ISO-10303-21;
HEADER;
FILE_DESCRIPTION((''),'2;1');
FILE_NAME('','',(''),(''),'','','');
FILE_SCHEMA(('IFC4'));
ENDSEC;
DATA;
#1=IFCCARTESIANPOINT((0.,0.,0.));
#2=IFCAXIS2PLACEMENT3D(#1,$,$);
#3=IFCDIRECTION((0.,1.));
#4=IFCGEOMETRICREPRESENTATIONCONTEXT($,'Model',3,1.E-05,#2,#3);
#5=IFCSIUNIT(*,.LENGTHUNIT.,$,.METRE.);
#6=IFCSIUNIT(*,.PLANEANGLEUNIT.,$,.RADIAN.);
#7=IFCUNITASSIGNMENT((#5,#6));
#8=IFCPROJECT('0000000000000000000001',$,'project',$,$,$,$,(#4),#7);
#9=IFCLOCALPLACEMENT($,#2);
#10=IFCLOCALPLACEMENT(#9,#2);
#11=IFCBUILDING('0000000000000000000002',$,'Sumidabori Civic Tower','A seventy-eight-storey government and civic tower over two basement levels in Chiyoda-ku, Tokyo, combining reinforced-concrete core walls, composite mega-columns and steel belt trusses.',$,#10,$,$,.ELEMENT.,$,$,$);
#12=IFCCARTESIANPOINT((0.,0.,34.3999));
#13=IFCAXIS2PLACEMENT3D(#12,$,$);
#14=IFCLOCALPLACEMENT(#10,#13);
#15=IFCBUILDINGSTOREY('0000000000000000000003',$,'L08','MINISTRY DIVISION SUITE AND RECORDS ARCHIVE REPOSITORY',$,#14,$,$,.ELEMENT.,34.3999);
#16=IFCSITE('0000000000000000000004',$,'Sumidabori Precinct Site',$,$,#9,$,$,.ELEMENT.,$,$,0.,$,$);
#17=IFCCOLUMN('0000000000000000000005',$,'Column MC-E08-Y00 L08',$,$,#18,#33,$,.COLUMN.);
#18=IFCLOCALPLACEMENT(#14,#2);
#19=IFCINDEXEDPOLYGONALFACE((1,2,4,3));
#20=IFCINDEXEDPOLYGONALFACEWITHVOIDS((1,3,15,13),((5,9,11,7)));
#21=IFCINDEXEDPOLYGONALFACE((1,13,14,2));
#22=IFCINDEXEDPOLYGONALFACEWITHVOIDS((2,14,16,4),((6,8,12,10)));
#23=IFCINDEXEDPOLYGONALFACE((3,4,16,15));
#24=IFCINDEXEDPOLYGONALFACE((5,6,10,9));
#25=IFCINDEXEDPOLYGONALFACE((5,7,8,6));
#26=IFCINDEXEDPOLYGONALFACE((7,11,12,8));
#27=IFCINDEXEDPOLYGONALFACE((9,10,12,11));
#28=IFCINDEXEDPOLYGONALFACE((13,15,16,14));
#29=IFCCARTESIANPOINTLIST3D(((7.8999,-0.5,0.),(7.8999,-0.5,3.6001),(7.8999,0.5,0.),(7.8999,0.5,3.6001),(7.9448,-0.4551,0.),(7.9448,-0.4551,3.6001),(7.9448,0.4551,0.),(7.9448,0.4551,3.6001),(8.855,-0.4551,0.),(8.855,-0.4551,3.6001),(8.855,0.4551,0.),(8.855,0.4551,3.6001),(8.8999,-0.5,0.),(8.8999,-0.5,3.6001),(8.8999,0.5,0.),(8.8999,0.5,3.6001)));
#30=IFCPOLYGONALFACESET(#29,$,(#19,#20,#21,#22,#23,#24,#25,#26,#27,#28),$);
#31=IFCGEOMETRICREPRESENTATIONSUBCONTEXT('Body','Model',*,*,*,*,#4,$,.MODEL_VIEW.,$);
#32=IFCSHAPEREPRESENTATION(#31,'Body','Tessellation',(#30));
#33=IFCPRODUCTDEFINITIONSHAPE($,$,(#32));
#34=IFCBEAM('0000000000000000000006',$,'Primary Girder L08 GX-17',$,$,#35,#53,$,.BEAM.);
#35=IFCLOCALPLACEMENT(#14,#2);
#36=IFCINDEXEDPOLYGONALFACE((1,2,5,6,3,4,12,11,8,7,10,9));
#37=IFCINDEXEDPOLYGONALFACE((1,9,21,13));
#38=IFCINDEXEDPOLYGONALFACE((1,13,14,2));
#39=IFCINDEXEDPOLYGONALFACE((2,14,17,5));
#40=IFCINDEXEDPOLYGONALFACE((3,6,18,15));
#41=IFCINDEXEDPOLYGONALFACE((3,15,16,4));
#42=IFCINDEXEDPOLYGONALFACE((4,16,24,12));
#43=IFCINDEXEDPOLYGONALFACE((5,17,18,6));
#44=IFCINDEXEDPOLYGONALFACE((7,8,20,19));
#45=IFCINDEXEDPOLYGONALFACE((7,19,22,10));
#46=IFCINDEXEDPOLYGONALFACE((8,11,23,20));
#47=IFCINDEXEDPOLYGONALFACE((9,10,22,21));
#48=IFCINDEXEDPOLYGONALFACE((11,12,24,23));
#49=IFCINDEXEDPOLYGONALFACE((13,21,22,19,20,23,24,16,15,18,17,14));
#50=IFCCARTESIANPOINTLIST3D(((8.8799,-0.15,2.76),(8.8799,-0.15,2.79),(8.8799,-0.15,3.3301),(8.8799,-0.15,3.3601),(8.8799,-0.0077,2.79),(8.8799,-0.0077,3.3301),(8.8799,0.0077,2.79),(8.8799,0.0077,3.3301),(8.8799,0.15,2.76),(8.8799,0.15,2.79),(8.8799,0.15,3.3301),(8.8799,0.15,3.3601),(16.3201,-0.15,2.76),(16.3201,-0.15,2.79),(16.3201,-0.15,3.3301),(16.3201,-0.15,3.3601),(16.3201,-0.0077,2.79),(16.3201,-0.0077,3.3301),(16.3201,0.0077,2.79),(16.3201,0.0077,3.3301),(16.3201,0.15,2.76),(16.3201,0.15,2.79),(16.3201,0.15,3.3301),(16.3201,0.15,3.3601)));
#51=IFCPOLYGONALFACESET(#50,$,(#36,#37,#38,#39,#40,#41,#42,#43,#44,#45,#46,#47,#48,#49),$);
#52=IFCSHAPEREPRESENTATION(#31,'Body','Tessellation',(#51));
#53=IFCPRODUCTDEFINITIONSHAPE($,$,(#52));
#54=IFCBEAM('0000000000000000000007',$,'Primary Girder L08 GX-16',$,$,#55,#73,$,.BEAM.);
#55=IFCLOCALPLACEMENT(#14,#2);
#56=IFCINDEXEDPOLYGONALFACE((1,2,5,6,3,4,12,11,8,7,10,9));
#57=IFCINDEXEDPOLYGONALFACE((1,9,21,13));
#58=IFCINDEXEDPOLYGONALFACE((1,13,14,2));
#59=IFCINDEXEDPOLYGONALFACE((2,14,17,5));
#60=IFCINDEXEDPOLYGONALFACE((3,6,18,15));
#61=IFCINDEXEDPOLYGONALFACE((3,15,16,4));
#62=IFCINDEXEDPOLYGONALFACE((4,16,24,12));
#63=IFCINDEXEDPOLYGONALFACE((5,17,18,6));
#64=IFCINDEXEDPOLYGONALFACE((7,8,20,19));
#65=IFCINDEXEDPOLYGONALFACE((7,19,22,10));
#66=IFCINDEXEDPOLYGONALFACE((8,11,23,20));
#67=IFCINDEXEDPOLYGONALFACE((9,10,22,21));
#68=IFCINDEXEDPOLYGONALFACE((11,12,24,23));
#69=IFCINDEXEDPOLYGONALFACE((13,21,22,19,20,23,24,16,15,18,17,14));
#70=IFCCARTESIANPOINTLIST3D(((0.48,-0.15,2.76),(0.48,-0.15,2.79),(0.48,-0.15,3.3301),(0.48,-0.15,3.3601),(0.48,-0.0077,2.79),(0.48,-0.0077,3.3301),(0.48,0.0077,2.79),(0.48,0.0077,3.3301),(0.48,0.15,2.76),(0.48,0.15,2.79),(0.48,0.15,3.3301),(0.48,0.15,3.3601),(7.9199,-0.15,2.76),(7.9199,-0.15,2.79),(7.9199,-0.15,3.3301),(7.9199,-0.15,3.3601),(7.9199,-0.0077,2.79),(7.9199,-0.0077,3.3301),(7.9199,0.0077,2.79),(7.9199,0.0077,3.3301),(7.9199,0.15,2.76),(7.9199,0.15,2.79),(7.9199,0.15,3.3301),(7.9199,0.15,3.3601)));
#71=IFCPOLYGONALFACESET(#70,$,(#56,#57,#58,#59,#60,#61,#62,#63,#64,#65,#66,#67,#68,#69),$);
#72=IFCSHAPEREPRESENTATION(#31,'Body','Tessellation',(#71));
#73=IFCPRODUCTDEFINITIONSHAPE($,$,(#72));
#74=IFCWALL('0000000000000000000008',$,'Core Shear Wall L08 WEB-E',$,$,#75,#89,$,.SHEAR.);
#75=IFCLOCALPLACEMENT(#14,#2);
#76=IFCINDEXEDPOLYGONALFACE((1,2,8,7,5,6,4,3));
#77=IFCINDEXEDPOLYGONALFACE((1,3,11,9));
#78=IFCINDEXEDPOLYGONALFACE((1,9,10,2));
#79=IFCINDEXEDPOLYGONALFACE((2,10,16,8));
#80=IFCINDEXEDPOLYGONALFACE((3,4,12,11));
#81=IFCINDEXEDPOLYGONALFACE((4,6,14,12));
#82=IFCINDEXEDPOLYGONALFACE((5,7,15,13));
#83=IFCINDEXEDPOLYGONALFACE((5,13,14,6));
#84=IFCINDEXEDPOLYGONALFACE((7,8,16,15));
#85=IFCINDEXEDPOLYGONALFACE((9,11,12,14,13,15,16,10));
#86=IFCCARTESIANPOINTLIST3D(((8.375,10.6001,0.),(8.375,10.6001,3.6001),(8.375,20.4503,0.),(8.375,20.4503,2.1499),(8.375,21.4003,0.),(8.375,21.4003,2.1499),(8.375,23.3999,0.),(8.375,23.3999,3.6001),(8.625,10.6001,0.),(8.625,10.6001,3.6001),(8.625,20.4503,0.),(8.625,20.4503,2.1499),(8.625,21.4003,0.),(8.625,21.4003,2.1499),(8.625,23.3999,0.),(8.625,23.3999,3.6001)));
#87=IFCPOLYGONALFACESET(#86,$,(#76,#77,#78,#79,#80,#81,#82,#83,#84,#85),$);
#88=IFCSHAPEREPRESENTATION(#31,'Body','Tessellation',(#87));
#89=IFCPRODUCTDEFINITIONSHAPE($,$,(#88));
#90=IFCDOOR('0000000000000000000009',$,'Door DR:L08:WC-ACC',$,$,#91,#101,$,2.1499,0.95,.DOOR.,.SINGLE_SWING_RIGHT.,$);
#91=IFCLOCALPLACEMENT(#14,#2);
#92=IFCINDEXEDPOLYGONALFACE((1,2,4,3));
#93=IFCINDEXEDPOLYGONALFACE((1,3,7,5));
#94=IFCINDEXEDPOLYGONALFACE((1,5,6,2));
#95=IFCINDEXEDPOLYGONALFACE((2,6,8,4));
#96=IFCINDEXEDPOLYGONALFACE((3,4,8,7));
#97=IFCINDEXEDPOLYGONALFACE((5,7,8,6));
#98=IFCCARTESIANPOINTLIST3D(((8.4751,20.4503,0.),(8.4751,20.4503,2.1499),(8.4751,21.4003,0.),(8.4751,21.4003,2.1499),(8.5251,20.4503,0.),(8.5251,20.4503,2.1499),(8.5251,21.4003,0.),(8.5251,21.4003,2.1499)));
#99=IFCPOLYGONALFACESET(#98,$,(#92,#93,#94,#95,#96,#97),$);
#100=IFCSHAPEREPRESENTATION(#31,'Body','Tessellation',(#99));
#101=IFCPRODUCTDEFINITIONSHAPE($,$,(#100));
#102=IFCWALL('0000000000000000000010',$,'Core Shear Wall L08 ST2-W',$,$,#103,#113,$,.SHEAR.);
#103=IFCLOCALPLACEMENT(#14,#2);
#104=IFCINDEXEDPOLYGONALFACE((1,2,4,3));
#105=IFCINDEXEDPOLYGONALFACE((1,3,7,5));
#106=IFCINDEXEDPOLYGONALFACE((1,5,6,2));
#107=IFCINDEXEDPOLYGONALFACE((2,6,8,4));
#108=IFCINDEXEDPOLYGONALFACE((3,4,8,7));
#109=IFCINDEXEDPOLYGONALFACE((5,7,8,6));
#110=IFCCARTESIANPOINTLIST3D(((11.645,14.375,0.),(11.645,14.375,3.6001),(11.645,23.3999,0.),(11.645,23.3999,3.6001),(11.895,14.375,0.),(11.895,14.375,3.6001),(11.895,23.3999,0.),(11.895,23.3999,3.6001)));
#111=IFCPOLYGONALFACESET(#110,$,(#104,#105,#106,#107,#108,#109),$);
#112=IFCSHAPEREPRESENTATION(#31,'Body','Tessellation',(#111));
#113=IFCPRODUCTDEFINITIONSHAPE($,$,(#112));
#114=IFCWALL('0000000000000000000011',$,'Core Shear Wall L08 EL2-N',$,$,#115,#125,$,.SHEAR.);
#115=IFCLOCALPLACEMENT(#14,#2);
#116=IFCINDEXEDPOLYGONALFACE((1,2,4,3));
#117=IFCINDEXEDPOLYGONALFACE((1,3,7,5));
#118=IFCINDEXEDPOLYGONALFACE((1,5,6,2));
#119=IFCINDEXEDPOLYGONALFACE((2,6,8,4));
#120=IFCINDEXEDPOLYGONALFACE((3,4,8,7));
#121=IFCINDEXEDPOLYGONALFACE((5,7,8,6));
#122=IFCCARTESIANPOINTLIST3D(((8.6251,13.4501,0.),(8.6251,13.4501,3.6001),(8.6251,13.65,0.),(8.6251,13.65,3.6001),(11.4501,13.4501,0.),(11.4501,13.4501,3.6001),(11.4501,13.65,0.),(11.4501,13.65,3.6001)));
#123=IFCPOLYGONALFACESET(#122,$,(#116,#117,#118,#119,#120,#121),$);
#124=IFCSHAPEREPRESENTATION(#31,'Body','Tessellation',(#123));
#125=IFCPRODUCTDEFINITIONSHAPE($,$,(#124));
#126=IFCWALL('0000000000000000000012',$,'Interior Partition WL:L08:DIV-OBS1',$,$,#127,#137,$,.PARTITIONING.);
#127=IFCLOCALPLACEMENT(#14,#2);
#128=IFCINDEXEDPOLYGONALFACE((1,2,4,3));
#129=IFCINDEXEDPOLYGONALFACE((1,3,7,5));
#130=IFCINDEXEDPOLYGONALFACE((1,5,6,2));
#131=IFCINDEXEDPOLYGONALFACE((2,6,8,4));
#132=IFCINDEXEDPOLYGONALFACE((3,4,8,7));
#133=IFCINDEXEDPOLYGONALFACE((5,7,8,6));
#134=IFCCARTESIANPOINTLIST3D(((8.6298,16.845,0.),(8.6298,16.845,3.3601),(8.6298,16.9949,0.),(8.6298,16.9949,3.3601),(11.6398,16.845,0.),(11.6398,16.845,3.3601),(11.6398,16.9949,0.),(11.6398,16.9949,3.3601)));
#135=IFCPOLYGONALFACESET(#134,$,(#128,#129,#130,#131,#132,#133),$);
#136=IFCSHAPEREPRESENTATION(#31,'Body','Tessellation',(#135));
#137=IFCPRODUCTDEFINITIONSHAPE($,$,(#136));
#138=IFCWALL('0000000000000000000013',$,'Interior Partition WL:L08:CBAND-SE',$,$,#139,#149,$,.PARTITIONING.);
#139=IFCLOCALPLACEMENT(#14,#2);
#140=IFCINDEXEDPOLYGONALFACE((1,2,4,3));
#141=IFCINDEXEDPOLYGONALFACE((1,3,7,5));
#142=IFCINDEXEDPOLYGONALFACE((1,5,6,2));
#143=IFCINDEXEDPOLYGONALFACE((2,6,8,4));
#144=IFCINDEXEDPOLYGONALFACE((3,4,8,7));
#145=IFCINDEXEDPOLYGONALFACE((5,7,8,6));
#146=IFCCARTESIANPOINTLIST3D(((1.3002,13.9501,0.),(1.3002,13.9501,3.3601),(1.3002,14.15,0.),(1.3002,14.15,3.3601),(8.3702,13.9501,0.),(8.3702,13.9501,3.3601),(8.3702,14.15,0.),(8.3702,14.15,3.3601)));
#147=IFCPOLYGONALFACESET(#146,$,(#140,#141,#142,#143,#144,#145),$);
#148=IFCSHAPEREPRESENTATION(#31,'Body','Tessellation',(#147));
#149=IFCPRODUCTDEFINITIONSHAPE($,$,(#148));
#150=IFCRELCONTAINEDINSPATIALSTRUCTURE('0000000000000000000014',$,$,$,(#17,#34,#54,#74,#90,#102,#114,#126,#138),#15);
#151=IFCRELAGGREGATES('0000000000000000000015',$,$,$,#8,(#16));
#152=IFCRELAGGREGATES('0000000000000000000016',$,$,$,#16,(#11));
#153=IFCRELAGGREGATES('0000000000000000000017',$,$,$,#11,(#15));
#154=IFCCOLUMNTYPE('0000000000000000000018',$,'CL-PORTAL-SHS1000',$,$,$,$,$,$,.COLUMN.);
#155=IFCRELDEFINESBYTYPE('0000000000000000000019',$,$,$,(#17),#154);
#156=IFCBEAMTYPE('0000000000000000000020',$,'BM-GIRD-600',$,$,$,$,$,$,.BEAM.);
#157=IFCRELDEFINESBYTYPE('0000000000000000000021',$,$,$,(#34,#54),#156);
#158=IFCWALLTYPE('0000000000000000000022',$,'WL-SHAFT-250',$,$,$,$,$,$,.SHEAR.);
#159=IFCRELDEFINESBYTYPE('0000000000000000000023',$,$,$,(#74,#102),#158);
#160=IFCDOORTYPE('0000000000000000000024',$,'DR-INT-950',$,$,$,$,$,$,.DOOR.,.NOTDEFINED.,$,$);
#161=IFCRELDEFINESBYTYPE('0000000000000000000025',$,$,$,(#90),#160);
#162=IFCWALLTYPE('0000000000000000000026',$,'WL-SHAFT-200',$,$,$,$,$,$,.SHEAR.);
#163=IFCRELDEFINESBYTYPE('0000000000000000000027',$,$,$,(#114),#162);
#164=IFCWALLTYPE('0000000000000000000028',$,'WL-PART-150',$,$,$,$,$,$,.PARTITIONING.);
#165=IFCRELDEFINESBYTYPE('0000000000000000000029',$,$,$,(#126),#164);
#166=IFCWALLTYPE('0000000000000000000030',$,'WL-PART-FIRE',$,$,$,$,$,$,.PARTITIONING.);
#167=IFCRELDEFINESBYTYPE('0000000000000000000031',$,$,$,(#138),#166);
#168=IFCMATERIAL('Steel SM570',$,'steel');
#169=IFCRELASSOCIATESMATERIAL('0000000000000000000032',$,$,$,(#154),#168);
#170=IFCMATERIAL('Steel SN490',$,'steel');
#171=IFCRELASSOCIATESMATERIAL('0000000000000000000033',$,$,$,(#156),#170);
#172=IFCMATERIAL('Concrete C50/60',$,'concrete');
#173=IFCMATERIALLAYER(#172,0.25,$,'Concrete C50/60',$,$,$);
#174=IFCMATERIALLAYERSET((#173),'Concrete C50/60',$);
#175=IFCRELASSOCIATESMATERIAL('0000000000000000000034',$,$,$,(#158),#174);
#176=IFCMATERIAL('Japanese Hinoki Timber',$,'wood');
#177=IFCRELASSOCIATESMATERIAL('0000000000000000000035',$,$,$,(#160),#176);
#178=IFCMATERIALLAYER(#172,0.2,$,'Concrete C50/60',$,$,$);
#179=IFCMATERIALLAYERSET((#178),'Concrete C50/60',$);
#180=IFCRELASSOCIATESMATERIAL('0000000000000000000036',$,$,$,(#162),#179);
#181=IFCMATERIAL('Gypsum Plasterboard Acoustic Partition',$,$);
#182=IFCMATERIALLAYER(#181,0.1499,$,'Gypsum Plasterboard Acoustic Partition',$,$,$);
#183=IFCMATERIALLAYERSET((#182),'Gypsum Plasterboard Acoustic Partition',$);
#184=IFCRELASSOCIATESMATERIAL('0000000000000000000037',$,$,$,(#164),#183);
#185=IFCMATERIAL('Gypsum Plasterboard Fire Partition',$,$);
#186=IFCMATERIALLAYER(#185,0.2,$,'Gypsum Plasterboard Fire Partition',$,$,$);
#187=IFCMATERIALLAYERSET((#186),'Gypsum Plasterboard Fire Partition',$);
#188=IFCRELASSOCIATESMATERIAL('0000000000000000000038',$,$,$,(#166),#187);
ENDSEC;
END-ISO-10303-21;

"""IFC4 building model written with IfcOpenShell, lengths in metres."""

from ifc_helpers import new_model, si_unit, direction, frame, frame_2d, origin, origin_2d, place, context, subcontext, project, spatial, rectangle, hollow_rectangle, i_section, extrude, source, transform, mapped, material, layer, layer_set, material_profile, profile_set, type_object, element, fill, save


model = new_model("IFC4")

# Units and contexts
model_context = context("Model", 3, precision=1e-05, world=origin(), true_north=direction((0.0, 1.0)))
body_context = subcontext(model_context, "Body", "Model", "MODEL_VIEW")
ifc_project = project(units=[si_unit("LENGTHUNIT", "METRE"), si_unit("PLANEANGLEUNIT", "RADIAN")], contexts=[model_context])

# Site, building, storey
site_placement = place(None, origin())
site = spatial("IfcSite", under=ifc_project, at=site_placement, Name="Sumidabori Precinct Site", CompositionType="ELEMENT", RefElevation=0.0)
building_placement = place(site_placement, origin())
building = spatial("IfcBuilding", under=site, at=building_placement, Name="Sumidabori Civic Tower", Description="A seventy-eight-storey government and civic tower over two basement levels in Chiyoda-ku, Tokyo, combining reinforced-concrete core walls, composite mega-columns and steel belt trusses.", CompositionType="ELEMENT")
storey_placement = place(building_placement, frame((0.0, 0.0, 34.3999)))
storey = spatial("IfcBuildingStorey", under=building, at=storey_placement, Name="L08", Description="MINISTRY DIVISION SUITE AND RECORDS ARCHIVE REPOSITORY", CompositionType="ELEMENT", Elevation=34.3999)

# Column
ifc_material_1 = material(Name="Steel SM570", Category="steel")
ifc_material_profile_1 = material_profile(ifc_material_1, hollow_rectangle(XDim=1.0, YDim=1.0, WallThickness=0.0449, at=origin_2d()), Name="SHS 1000x1000x45")
ifc_profile_set_1 = profile_set([ifc_material_profile_1], Name="Steel SM570")
column_type = type_object("IfcColumnType", Name="CL-PORTAL-SHS1000", PredefinedType="COLUMN", material=ifc_profile_set_1)
shared_shape_1 = source(origin(), body_context, "Body", "SweptSolid", [
    extrude(hollow_rectangle(XDim=1.0, YDim=1.0, WallThickness=0.0449, at=origin_2d()), origin(), (0.0, 0.0, 1.0), 3.6001),
])
column_placement = place(storey_placement, frame((8.3999, 0.0, 0.0), z_axis=(0.0, 0.0, 1.0), x_axis=(1.0, 0.0, 0.0)))
element("IfcColumn", 1, at=column_placement, inside=storey, type_object=column_type, Name="Column MC-E08-Y00 L08", PredefinedType="COLUMN", context=body_context, shape_type="MappedRepresentation", body=[
    mapped(shared_shape_1, transform((0.0, 0.0, 0.0), x_axis=(1.0, 0.0, 0.0), y_axis=(0.0, 1.0, 0.0), z_axis=(0.0, 0.0, 1.0), scale=1.0)),
])

# Beams
ifc_material_2 = material(Name="Steel SN490", Category="steel")
ifc_material_profile_2 = material_profile(ifc_material_2, i_section(OverallWidth=0.3, OverallDepth=0.6001, WebThickness=0.0154, FlangeThickness=0.03, at=origin_2d()), Name="HE 600 B")
ifc_profile_set_2 = profile_set([ifc_material_profile_2], Name="Steel SN490")
beam_type = type_object("IfcBeamType", Name="BM-GIRD-600", PredefinedType="BEAM", material=ifc_profile_set_2)
shared_shape_2 = source(origin(), body_context, "Body", "SweptSolid", [
    extrude(i_section(OverallWidth=0.3, OverallDepth=0.6001, WebThickness=0.0154, FlangeThickness=0.03, at=origin_2d()), origin(), (0.0, 0.0, 1.0), 7.4402),
])
beam_1_placement = place(storey_placement, frame((8.8799, 0.0, 3.0601), z_axis=(1.0, 0.0, 0.0), x_axis=(0.0, 1.0, 0.0)))
element("IfcBeam", 2, at=beam_1_placement, inside=storey, type_object=beam_type, Name="Primary Girder L08 GX-17", PredefinedType="BEAM", context=body_context, shape_type="MappedRepresentation", body=[
    mapped(shared_shape_2, transform((0.0, 0.0, 0.0), x_axis=(1.0, 0.0, 0.0), y_axis=(0.0, 1.0, 0.0), z_axis=(0.0, 0.0, 1.0), scale=1.0)),
])
shared_shape_3 = source(origin(), body_context, "Body", "SweptSolid", [
    extrude(i_section(OverallWidth=0.3, OverallDepth=0.6001, WebThickness=0.0154, FlangeThickness=0.03, at=origin_2d()), origin(), (0.0, 0.0, 1.0), 7.4399),
])
beam_2_placement = place(storey_placement, frame((0.48, 0.0, 3.0601), z_axis=(1.0, 0.0, 0.0), x_axis=(0.0, 1.0, 0.0)))
element("IfcBeam", 3, at=beam_2_placement, inside=storey, type_object=beam_type, Name="Primary Girder L08 GX-16", PredefinedType="BEAM", context=body_context, shape_type="MappedRepresentation", body=[
    mapped(shared_shape_3, transform((0.0, 0.0, 0.0), x_axis=(1.0, 0.0, 0.0), y_axis=(0.0, 1.0, 0.0), z_axis=(0.0, 0.0, 1.0), scale=1.0)),
])

# Wall, opening, door
ifc_material_3 = material(Name="Concrete C50/60", Category="concrete")
ifc_layer_1 = layer(ifc_material_3, 0.25, Name="Concrete C50/60")
ifc_layer_set_1 = layer_set([ifc_layer_1], Name="Concrete C50/60")
wall_type_1 = type_object("IfcWallType", Name="WL-SHAFT-250", PredefinedType="SHEAR", material=ifc_layer_set_1)
shared_shape_4 = source(origin(), body_context, "Body", "SweptSolid", [
    extrude(rectangle(XDim=12.7998, YDim=0.25, at=frame_2d((6.3999, 0.0))), origin(), (0.0, 0.0, 1.0), 3.6001),
])
wall_1_placement = place(storey_placement, frame((8.5, 10.6001, 0.0), z_axis=(0.0, 0.0, 1.0), x_axis=(0.0, 1.0, 0.0)))
wall_1 = element("IfcWall", 4, at=wall_1_placement, inside=storey, type_object=wall_type_1, Name="Core Shear Wall L08 WEB-E", PredefinedType="SHEAR", context=body_context, shape_type="MappedRepresentation", body=[
    mapped(shared_shape_4, transform((0.0, 0.0, 0.0), x_axis=(1.0, 0.0, 0.0), y_axis=(0.0, 1.0, 0.0), z_axis=(0.0, 0.0, 1.0), scale=1.0)),
])
opening_1_placement = place(wall_1_placement, frame((9.8501, 0.0, 0.0)))
opening_1 = element("IfcOpeningElement", 5, at=opening_1_placement, cuts=wall_1, PredefinedType="OPENING", context=body_context, shape_type="SweptSolid", body=[
    extrude(rectangle(XDim=0.95, YDim=2.1499, at=frame_2d((0.4751, 1.075))), frame((0.0, 0.137, 0.0), z_axis=(0.0, -1.0, 0.0), x_axis=(1.0, 0.0, 0.0)), (0.0, 0.0, 1.0), 0.2739),
])
ifc_material_4 = material(Name="Japanese Hinoki Timber", Category="wood")
door_type_1 = type_object("IfcDoorType", Name="DR-INT-950", OperationType="NOTDEFINED", PredefinedType="DOOR", material=ifc_material_4)
shared_shape_5 = source(origin(), body_context, "Body", "SweptSolid", [
    extrude(rectangle(XDim=0.95, YDim=2.1499, at=frame_2d((0.4751, 1.075))), frame((0.0, 0.0249, 0.0), z_axis=(0.0, -1.0, 0.0), x_axis=(1.0, 0.0, 0.0)), (0.0, 0.0, 1.0), 0.05),
])
door_1_placement = place(opening_1_placement, origin())
door_1 = element("IfcDoor", 6, at=door_1_placement, inside=storey, type_object=door_type_1, Name="Door DR:L08:WC-ACC", OperationType="SINGLE_SWING_RIGHT", OverallHeight=2.1499, OverallWidth=0.95, PredefinedType="DOOR", context=body_context, shape_type="MappedRepresentation", body=[
    mapped(shared_shape_5, transform((0.0, 0.0, 0.0), x_axis=(1.0, 0.0, 0.0), y_axis=(0.0, 1.0, 0.0), z_axis=(0.0, 0.0, 1.0), scale=1.0)),
])
fill(opening_1, door_1)

# Wall
shared_shape_6 = source(origin(), body_context, "Body", "SweptSolid", [
    extrude(rectangle(XDim=9.0249, YDim=0.25, at=frame_2d((4.5125, 0.0))), origin(), (0.0, 0.0, 1.0), 3.6001),
])
wall_2_placement = place(storey_placement, frame((11.77, 14.375, 0.0), z_axis=(0.0, 0.0, 1.0), x_axis=(0.0, 1.0, 0.0)))
element("IfcWall", 7, at=wall_2_placement, inside=storey, type_object=wall_type_1, Name="Core Shear Wall L08 ST2-W", PredefinedType="SHEAR", context=body_context, shape_type="MappedRepresentation", body=[
    mapped(shared_shape_6, transform((0.0, 0.0, 0.0), x_axis=(1.0, 0.0, 0.0), y_axis=(0.0, 1.0, 0.0), z_axis=(0.0, 0.0, 1.0), scale=1.0)),
])

# Shared definitions
ifc_layer_2 = layer(ifc_material_3, 0.2, Name="Concrete C50/60")
ifc_layer_set_2 = layer_set([ifc_layer_2], Name="Concrete C50/60")
wall_type_2 = type_object("IfcWallType", Name="WL-SHAFT-200", PredefinedType="SHEAR", material=ifc_layer_set_2)

# Walls
shared_shape_7 = source(origin(), body_context, "Body", "SweptSolid", [
    extrude(rectangle(XDim=2.825, YDim=0.2, at=frame_2d((1.4126, 0.0))), origin(), (0.0, 0.0, 1.0), 3.6001),
])
wall_3_placement = place(storey_placement, frame((8.625, 13.55, 0.0), z_axis=(0.0, 0.0, 1.0), x_axis=(1.0, 0.0, 0.0)))
element("IfcWall", 8, at=wall_3_placement, inside=storey, type_object=wall_type_2, Name="Core Shear Wall L08 EL2-N", PredefinedType="SHEAR", context=body_context, shape_type="MappedRepresentation", body=[
    mapped(shared_shape_7, transform((0.0, 0.0, 0.0), x_axis=(1.0, 0.0, 0.0), y_axis=(0.0, 1.0, 0.0), z_axis=(0.0, 0.0, 1.0), scale=1.0)),
])
ifc_material_5 = material(Name="Gypsum Plasterboard Acoustic Partition")
ifc_layer_3 = layer(ifc_material_5, 0.1499, Name="Gypsum Plasterboard Acoustic Partition")
ifc_layer_set_3 = layer_set([ifc_layer_3], Name="Gypsum Plasterboard Acoustic Partition")
wall_type_3 = type_object("IfcWallType", Name="WL-PART-150", PredefinedType="PARTITIONING", material=ifc_layer_set_3)
shared_shape_8 = source(origin(), body_context, "Body", "SweptSolid", [
    extrude(rectangle(XDim=3.01, YDim=0.1499, at=frame_2d((1.5049, 0.0))), origin(), (0.0, 0.0, 1.0), 3.3601),
])
wall_4_placement = place(storey_placement, frame((8.6299, 16.9199, 0.0), z_axis=(0.0, 0.0, 1.0), x_axis=(1.0, 0.0, 0.0)))
element("IfcWall", 9, at=wall_4_placement, inside=storey, type_object=wall_type_3, Name="Interior Partition WL:L08:DIV-OBS1", PredefinedType="PARTITIONING", context=body_context, shape_type="MappedRepresentation", body=[
    mapped(shared_shape_8, transform((0.0, 0.0, 0.0), x_axis=(1.0, 0.0, 0.0), y_axis=(0.0, 1.0, 0.0), z_axis=(0.0, 0.0, 1.0), scale=1.0)),
])
ifc_material_6 = material(Name="Gypsum Plasterboard Fire Partition")
ifc_layer_4 = layer(ifc_material_6, 0.2, Name="Gypsum Plasterboard Fire Partition")
ifc_layer_set_4 = layer_set([ifc_layer_4], Name="Gypsum Plasterboard Fire Partition")
wall_type_4 = type_object("IfcWallType", Name="WL-PART-FIRE", PredefinedType="PARTITIONING", material=ifc_layer_set_4)
shared_shape_9 = source(origin(), body_context, "Body", "SweptSolid", [
    extrude(rectangle(XDim=7.0701, YDim=0.2, at=frame_2d((3.5352, 0.0))), origin(), (0.0, 0.0, 1.0), 3.3601),
])
wall_5_placement = place(storey_placement, frame((1.3, 14.05, 0.0), z_axis=(0.0, 0.0, 1.0), x_axis=(1.0, 0.0, 0.0)))
element("IfcWall", 10, at=wall_5_placement, inside=storey, type_object=wall_type_4, Name="Interior Partition WL:L08:CBAND-SE", PredefinedType="PARTITIONING", context=body_context, shape_type="MappedRepresentation", body=[
    mapped(shared_shape_9, transform((0.0, 0.0, 0.0), x_axis=(1.0, 0.0, 0.0), y_axis=(0.0, 1.0, 0.0), z_axis=(0.0, 0.0, 1.0), scale=1.0)),
])

save(model, "model.ifc")
